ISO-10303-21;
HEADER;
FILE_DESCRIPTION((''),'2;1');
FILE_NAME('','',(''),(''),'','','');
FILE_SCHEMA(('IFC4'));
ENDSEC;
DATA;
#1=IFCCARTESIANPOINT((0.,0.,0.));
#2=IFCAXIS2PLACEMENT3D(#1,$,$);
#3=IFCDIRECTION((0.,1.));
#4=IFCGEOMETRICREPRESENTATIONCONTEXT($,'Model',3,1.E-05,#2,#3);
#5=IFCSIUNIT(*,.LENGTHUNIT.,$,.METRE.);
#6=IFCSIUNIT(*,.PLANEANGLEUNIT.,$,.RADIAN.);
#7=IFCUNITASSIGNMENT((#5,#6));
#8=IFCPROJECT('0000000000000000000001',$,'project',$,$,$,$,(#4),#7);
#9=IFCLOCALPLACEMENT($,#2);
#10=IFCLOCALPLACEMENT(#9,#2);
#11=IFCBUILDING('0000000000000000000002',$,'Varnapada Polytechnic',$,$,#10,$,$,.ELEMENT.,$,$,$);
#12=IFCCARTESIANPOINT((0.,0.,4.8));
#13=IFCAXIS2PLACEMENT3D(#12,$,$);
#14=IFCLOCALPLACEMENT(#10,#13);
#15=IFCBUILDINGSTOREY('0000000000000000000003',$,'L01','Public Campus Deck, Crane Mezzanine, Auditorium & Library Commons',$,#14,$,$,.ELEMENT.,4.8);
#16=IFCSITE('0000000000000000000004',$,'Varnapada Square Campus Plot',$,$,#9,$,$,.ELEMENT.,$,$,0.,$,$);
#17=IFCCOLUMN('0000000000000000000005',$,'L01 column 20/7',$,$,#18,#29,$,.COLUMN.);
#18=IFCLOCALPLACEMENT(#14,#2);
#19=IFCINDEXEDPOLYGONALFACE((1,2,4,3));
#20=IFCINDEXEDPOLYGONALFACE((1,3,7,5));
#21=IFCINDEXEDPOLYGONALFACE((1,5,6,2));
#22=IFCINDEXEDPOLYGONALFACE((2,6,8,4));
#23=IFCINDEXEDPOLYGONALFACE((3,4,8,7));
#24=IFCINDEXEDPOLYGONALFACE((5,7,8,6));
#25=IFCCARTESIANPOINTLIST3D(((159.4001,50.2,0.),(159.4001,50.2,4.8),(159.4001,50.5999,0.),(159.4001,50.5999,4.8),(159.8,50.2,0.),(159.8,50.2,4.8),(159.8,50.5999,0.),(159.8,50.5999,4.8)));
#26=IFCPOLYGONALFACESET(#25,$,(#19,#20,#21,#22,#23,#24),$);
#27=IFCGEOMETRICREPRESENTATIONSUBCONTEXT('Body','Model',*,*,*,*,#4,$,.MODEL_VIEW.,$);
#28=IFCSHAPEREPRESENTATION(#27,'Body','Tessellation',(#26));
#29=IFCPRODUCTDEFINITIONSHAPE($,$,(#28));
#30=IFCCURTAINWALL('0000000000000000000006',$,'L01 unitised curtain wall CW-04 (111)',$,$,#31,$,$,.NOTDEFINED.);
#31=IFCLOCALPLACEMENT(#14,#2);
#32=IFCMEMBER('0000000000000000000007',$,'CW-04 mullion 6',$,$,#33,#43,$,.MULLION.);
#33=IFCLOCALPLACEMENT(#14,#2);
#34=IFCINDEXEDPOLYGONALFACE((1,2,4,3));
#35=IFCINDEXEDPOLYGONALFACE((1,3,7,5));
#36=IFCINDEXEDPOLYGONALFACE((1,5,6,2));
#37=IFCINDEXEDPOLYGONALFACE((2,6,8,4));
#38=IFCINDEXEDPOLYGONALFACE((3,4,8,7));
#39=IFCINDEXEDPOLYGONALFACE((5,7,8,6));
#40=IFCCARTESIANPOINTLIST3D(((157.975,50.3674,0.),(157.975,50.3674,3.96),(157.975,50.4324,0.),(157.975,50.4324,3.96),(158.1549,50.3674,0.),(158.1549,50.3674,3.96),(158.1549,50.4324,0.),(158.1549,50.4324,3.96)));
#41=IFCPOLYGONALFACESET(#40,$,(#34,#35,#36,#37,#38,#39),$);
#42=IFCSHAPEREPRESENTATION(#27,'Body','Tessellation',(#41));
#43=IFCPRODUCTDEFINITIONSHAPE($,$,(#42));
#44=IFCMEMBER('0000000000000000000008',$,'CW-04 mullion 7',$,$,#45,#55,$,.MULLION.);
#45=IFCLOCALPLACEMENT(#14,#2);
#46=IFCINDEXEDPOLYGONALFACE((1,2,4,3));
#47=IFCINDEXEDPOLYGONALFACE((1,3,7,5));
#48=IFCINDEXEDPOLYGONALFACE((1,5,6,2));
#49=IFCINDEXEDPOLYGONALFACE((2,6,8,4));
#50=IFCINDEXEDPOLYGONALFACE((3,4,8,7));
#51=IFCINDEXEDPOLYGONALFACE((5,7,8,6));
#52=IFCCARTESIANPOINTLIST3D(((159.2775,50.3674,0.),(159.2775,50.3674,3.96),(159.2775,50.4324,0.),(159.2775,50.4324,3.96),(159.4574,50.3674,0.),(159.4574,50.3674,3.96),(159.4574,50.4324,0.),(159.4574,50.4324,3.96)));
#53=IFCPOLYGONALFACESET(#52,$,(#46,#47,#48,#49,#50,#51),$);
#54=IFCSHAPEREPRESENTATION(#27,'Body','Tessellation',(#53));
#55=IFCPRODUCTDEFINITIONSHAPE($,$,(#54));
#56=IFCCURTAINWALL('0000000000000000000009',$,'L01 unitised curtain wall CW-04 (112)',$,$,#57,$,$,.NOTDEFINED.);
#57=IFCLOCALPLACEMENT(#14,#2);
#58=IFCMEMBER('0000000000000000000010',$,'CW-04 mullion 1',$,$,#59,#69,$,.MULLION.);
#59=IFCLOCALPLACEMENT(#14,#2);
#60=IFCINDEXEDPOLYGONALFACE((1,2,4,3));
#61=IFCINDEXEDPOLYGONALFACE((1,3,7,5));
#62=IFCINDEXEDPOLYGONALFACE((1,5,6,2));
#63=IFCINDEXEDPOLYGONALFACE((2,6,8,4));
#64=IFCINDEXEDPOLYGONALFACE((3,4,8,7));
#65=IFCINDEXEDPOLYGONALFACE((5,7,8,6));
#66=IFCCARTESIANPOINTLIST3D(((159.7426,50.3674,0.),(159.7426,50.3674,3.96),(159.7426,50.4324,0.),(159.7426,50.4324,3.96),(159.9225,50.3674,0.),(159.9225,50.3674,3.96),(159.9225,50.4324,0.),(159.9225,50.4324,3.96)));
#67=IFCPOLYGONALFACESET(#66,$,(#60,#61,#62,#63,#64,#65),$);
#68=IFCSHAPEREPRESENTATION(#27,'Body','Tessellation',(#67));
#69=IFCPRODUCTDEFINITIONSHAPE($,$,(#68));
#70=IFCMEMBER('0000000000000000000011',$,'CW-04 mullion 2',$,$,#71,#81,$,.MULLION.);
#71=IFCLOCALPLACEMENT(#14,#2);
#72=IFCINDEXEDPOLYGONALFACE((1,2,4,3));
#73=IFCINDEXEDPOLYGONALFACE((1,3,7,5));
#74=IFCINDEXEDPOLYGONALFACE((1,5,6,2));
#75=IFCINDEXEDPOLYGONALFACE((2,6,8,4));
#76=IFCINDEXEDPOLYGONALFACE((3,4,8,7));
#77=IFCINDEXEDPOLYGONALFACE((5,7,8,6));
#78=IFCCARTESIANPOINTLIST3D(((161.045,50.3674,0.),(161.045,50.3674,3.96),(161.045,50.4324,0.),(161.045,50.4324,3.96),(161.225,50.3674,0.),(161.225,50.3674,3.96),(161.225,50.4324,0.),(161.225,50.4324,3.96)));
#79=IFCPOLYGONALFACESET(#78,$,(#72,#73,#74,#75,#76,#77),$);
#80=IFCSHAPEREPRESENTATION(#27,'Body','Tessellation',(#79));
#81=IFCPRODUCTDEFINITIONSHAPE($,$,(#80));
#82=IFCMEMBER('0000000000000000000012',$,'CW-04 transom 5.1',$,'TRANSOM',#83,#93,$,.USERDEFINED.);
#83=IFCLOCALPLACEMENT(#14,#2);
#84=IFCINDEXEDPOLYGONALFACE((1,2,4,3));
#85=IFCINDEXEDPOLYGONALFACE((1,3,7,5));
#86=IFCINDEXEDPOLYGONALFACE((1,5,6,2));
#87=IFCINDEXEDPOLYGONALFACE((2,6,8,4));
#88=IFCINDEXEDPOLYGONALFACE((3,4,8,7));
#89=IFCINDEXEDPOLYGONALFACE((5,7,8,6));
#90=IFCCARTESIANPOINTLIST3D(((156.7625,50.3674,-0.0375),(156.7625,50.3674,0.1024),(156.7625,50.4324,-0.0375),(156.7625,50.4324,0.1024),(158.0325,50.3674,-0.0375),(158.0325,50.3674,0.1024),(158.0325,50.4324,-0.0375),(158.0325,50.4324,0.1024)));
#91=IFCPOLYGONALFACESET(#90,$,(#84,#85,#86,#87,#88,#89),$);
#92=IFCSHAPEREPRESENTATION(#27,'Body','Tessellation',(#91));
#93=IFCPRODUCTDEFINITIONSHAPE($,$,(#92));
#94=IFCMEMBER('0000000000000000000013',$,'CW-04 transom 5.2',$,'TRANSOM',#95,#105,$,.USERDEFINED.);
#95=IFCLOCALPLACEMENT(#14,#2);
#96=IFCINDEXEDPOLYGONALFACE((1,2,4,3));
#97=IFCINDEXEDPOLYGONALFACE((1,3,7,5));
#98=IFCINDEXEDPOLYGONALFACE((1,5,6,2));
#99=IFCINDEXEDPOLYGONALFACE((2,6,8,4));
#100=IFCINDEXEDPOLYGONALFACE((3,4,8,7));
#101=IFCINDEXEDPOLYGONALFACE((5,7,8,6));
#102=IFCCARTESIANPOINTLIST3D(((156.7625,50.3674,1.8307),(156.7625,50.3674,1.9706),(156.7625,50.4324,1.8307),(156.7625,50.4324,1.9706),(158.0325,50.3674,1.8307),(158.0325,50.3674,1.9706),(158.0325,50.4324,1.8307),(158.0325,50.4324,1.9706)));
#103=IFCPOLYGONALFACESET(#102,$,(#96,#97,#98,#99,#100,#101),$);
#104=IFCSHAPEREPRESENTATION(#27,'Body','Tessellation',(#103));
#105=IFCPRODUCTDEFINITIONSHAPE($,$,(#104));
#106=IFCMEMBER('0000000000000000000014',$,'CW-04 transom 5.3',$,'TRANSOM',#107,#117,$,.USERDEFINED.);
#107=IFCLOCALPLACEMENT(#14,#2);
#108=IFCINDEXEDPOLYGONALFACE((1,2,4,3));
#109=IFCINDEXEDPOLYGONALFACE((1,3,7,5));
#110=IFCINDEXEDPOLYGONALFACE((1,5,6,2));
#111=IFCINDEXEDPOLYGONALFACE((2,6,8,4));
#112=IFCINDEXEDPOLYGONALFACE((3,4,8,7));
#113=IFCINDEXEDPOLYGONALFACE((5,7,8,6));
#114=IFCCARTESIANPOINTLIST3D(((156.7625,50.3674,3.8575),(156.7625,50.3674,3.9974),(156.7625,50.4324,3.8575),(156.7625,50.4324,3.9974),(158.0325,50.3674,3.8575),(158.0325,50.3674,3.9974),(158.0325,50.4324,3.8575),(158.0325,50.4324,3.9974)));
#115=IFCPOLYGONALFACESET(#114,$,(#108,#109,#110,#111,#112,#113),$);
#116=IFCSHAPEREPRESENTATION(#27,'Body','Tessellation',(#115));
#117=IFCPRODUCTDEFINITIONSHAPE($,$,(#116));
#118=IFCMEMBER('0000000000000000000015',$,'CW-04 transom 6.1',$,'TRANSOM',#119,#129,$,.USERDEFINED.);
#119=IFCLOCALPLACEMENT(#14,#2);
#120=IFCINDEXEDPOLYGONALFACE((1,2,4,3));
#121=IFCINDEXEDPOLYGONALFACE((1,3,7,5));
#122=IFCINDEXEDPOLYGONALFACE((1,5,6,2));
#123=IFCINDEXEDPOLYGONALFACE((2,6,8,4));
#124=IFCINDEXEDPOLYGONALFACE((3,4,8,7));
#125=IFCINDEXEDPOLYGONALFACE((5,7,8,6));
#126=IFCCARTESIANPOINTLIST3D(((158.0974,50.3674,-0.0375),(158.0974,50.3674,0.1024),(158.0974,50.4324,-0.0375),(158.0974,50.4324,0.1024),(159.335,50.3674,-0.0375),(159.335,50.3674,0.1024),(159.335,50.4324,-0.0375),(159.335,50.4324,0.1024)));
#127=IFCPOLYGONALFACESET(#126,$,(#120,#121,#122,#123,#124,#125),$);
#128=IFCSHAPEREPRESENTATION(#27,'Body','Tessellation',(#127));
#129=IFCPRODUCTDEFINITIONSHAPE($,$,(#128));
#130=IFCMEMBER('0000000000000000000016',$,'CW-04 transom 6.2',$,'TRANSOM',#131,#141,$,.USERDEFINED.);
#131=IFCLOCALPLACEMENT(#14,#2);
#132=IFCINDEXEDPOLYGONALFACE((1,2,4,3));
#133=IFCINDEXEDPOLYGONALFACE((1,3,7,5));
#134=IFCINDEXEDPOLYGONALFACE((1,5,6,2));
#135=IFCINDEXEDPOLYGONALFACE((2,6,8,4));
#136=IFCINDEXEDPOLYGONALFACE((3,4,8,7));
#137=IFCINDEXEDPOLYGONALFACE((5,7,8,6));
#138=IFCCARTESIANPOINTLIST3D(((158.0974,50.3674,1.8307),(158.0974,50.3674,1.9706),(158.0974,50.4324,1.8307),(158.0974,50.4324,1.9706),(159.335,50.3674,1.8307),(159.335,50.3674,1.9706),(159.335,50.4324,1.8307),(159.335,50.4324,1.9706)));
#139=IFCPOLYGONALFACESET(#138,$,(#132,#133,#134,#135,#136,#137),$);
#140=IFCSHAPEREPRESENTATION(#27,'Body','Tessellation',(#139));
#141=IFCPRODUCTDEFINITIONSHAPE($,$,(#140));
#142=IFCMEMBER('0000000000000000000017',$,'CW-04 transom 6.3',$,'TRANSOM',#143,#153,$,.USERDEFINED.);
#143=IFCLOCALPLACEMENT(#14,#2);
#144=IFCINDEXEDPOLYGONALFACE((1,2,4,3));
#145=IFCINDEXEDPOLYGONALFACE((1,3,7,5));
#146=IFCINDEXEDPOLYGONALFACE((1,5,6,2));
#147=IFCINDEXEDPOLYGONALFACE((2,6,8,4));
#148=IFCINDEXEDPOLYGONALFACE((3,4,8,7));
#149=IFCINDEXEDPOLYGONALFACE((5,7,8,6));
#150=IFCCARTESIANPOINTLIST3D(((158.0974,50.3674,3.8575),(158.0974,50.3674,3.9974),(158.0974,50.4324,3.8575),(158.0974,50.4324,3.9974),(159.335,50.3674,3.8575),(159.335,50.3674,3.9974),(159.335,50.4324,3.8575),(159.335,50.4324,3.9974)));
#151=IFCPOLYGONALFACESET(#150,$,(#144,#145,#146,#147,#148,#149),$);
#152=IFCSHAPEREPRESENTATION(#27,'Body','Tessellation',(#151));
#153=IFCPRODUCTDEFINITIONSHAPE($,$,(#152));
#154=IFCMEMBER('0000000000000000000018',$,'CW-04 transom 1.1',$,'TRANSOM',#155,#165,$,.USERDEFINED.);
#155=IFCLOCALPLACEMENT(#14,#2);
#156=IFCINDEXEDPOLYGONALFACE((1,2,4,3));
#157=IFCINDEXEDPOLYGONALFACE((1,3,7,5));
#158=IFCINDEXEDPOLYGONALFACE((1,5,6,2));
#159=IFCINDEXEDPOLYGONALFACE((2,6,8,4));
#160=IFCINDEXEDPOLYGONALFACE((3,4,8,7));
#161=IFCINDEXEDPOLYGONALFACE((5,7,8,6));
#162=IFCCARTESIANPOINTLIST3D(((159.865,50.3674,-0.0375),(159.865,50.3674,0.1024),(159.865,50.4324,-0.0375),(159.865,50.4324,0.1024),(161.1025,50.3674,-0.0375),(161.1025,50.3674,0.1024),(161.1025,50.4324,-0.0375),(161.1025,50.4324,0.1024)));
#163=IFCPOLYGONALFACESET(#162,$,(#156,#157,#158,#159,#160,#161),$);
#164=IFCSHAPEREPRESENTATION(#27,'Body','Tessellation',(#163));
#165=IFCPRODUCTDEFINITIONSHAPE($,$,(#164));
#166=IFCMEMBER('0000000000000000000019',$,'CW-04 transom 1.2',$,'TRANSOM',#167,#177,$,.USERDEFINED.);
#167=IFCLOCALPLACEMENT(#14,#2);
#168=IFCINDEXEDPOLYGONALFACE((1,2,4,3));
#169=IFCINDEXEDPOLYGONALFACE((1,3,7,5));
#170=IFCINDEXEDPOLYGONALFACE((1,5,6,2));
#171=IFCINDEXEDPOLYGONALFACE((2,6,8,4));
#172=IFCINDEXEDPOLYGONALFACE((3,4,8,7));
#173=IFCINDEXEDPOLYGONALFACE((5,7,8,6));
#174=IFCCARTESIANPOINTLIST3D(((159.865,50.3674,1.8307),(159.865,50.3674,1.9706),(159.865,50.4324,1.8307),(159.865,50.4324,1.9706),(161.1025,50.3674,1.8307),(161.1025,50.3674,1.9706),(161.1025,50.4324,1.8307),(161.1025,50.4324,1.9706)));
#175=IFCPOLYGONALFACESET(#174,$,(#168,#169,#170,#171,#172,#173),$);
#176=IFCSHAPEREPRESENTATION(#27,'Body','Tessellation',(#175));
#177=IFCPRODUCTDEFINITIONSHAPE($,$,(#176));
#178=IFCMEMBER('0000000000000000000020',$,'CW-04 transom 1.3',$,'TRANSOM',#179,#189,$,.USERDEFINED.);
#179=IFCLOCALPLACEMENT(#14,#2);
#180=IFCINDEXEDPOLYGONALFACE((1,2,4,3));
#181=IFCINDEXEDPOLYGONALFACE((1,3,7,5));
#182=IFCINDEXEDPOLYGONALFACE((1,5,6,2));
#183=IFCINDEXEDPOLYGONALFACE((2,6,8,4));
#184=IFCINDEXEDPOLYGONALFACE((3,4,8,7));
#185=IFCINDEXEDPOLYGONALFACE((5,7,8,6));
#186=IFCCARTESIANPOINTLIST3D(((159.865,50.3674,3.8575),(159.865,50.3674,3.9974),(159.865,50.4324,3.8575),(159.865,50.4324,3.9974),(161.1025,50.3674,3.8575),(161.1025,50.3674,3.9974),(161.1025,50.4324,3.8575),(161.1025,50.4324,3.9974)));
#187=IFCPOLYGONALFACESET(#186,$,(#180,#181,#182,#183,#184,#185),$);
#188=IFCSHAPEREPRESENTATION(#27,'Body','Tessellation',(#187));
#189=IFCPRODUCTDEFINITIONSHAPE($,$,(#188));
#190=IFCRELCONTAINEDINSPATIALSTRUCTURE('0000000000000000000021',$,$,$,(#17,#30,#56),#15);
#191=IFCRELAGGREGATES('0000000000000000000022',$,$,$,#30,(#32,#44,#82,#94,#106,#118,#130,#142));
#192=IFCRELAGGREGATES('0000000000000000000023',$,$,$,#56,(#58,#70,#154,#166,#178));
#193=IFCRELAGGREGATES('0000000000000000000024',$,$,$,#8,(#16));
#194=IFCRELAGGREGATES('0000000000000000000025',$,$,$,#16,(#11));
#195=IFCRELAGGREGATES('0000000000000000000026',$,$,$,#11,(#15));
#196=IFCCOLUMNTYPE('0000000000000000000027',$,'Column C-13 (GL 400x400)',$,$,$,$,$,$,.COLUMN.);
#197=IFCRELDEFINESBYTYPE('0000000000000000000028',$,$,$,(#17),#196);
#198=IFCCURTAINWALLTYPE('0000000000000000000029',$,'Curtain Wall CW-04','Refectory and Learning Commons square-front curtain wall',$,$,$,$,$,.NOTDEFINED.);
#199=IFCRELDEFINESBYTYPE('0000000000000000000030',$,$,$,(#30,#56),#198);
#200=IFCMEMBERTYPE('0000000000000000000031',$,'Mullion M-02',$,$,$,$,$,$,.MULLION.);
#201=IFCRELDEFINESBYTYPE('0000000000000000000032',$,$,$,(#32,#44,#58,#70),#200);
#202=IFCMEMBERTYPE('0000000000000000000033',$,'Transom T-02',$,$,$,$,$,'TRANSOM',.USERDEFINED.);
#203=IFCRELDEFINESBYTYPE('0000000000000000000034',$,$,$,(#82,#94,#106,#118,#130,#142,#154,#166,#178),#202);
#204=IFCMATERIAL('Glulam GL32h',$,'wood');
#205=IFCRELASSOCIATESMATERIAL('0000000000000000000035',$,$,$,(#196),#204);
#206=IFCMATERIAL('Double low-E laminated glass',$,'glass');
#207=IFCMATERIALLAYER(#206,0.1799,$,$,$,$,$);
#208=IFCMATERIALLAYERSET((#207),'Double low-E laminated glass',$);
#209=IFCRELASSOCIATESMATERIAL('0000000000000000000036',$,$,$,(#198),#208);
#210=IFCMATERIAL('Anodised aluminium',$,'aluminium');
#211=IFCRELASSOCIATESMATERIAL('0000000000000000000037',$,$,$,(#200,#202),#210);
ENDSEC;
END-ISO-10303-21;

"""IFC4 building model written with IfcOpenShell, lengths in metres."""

from ifc_helpers import new_model, si_unit, direction, frame, origin, origin_2d, place, context, subcontext, project, spatial, rectangle, extrude, material, layer, layer_set, material_profile, profile_set, type_object, element, aggregate, save


model = new_model("IFC4")

# Units and contexts
model_context = context("Model", 3, precision=1e-05, world=origin(), true_north=direction((0.0, 1.0)))
body_context = subcontext(model_context, "Body", "Model", "MODEL_VIEW")
ifc_project = project(units=[si_unit("LENGTHUNIT", "METRE"), si_unit("PLANEANGLEUNIT", "RADIAN")], contexts=[model_context])

# Site, building, storey
site_placement = place(None, origin())
site = spatial("IfcSite", under=ifc_project, at=site_placement, Name="Varnapada Square Campus Plot", CompositionType="ELEMENT", RefElevation=0.0)
building_placement = place(site_placement, origin())
building = spatial("IfcBuilding", under=site, at=building_placement, Name="Varnapada Polytechnic", CompositionType="ELEMENT")
storey_placement = place(building_placement, frame((0.0, 0.0, 4.8)))
storey = spatial("IfcBuildingStorey", under=building, at=storey_placement, Name="L01", Description="Public Campus Deck, Crane Mezzanine, Auditorium & Library Commons", CompositionType="ELEMENT", Elevation=4.8)

# Column
ifc_material_1 = material(Name="Glulam GL32h", Category="wood")
ifc_material_profile_1 = material_profile(ifc_material_1, rectangle(XDim=0.3999, YDim=0.3999, at=origin_2d()), Name="GL 400x400")
ifc_profile_set_1 = profile_set([ifc_material_profile_1], Name="Glulam GL32h")
column_type = type_object("IfcColumnType", Name="Column C-13 (GL 400x400)", PredefinedType="COLUMN", material=ifc_profile_set_1)
column_placement = place(storey_placement, frame((159.6001, 50.3999, 0.0), z_axis=(0.0, 0.0, 1.0), x_axis=(1.0, 0.0, 0.0)))
element("IfcColumn", 1, at=column_placement, inside=storey, type_object=column_type, Name="L01 column 20/7", PredefinedType="COLUMN", context=body_context, shape_type="SweptSolid", body=[
    extrude(rectangle(XDim=0.3999, YDim=0.3999, at=origin_2d()), origin(), (0.0, 0.0, 1.0), 4.8),
])

# Curtain walls, members
ifc_material_2 = material(Name="Double low-E laminated glass", Category="glass")
ifc_layer_1 = layer(ifc_material_2, 0.1799)
ifc_layer_set_1 = layer_set([ifc_layer_1], Name="Double low-E laminated glass")
curtain_wall_type = type_object("IfcCurtainWallType", Name="Curtain Wall CW-04", Description="Refectory and Learning Commons square-front curtain wall", PredefinedType="NOTDEFINED", material=ifc_layer_set_1)
curtain_wall_1_placement = place(storey_placement, origin())
curtain_wall_1 = element("IfcCurtainWall", 2, at=curtain_wall_1_placement, inside=storey, type_object=curtain_wall_type, Name="L01 unitised curtain wall CW-04 (111)", PredefinedType="NOTDEFINED")
ifc_material_3 = material(Name="Anodised aluminium", Category="aluminium")
ifc_material_profile_2 = material_profile(ifc_material_3, rectangle(XDim=0.0649, YDim=0.1799, at=origin_2d()), Name="ALU M65x180")
ifc_profile_set_2 = profile_set([ifc_material_profile_2], Name="Anodised aluminium")
member_type_1 = type_object("IfcMemberType", Name="Mullion M-02", PredefinedType="MULLION", material=ifc_profile_set_2)
member_1_placement = place(storey_placement, frame((158.0649, 50.3999, 0.0), z_axis=(0.0, 0.0, 1.0), x_axis=(0.0, 1.0, 0.0)))
member_1 = element("IfcMember", 3, at=member_1_placement, type_object=member_type_1, Name="CW-04 mullion 6", PredefinedType="MULLION", context=body_context, shape_type="SweptSolid", body=[
    extrude(rectangle(XDim=0.0649, YDim=0.1799, at=origin_2d()), origin(), (0.0, 0.0, 1.0), 3.96),
])
member_2_placement = place(storey_placement, frame((159.3674, 50.3999, 0.0), z_axis=(0.0, 0.0, 1.0), x_axis=(0.0, 1.0, 0.0)))
member_2 = element("IfcMember", 4, at=member_2_placement, type_object=member_type_1, Name="CW-04 mullion 7", PredefinedType="MULLION", context=body_context, shape_type="SweptSolid", body=[
    extrude(rectangle(XDim=0.0649, YDim=0.1799, at=origin_2d()), origin(), (0.0, 0.0, 1.0), 3.96),
])
curtain_wall_2_placement = place(storey_placement, origin())
curtain_wall_2 = element("IfcCurtainWall", 5, at=curtain_wall_2_placement, inside=storey, type_object=curtain_wall_type, Name="L01 unitised curtain wall CW-04 (112)", PredefinedType="NOTDEFINED")
member_3_placement = place(storey_placement, frame((159.8325, 50.3999, 0.0), z_axis=(0.0, 0.0, 1.0), x_axis=(0.0, 1.0, 0.0)))
member_3 = element("IfcMember", 6, at=member_3_placement, type_object=member_type_1, Name="CW-04 mullion 1", PredefinedType="MULLION", context=body_context, shape_type="SweptSolid", body=[
    extrude(rectangle(XDim=0.0649, YDim=0.1799, at=origin_2d()), origin(), (0.0, 0.0, 1.0), 3.96),
])
member_4_placement = place(storey_placement, frame((161.135, 50.3999, 0.0), z_axis=(0.0, 0.0, 1.0), x_axis=(0.0, 1.0, 0.0)))
member_4 = element("IfcMember", 7, at=member_4_placement, type_object=member_type_1, Name="CW-04 mullion 2", PredefinedType="MULLION", context=body_context, shape_type="SweptSolid", body=[
    extrude(rectangle(XDim=0.0649, YDim=0.1799, at=origin_2d()), origin(), (0.0, 0.0, 1.0), 3.96),
])

# Members
ifc_material_profile_3 = material_profile(ifc_material_3, rectangle(XDim=0.0649, YDim=0.1399, at=origin_2d()), Name="ALU T65x140")
ifc_profile_set_3 = profile_set([ifc_material_profile_3], Name="Anodised aluminium")
member_type_2 = type_object("IfcMemberType", Name="Transom T-02", ElementType="TRANSOM", PredefinedType="USERDEFINED", material=ifc_profile_set_3)
member_5_placement = place(storey_placement, frame((156.7625, 50.3999, 0.0325), z_axis=(1.0, 0.0, 0.0), x_axis=(0.0, 1.0, 0.0)))
member_5 = element("IfcMember", 8, at=member_5_placement, type_object=member_type_2, Name="CW-04 transom 5.1", ObjectType="TRANSOM", PredefinedType="USERDEFINED", context=body_context, shape_type="SweptSolid", body=[
    extrude(rectangle(XDim=0.0649, YDim=0.1399, at=origin_2d()), origin(), (0.0, 0.0, 1.0), 1.27),
])
member_6_placement = place(storey_placement, frame((156.7625, 50.3999, 1.9006), z_axis=(1.0, 0.0, 0.0), x_axis=(0.0, 1.0, 0.0)))
member_6 = element("IfcMember", 9, at=member_6_placement, type_object=member_type_2, Name="CW-04 transom 5.2", ObjectType="TRANSOM", PredefinedType="USERDEFINED", context=body_context, shape_type="SweptSolid", body=[
    extrude(rectangle(XDim=0.0649, YDim=0.1399, at=origin_2d()), origin(), (0.0, 0.0, 1.0), 1.27),
])
member_7_placement = place(storey_placement, frame((156.7625, 50.3999, 3.9275), z_axis=(1.0, 0.0, 0.0), x_axis=(0.0, 1.0, 0.0)))
member_7 = element("IfcMember", 10, at=member_7_placement, type_object=member_type_2, Name="CW-04 transom 5.3", ObjectType="TRANSOM", PredefinedType="USERDEFINED", context=body_context, shape_type="SweptSolid", body=[
    extrude(rectangle(XDim=0.0649, YDim=0.1399, at=origin_2d()), origin(), (0.0, 0.0, 1.0), 1.27),
])
member_8_placement = place(storey_placement, frame((158.0974, 50.3999, 0.0325), z_axis=(1.0, 0.0, 0.0), x_axis=(0.0, 1.0, 0.0)))
member_8 = element("IfcMember", 11, at=member_8_placement, type_object=member_type_2, Name="CW-04 transom 6.1", ObjectType="TRANSOM", PredefinedType="USERDEFINED", context=body_context, shape_type="SweptSolid", body=[
    extrude(rectangle(XDim=0.0649, YDim=0.1399, at=origin_2d()), origin(), (0.0, 0.0, 1.0), 1.2375),
])
member_9_placement = place(storey_placement, frame((158.0974, 50.3999, 1.9006), z_axis=(1.0, 0.0, 0.0), x_axis=(0.0, 1.0, 0.0)))
member_9 = element("IfcMember", 12, at=member_9_placement, type_object=member_type_2, Name="CW-04 transom 6.2", ObjectType="TRANSOM", PredefinedType="USERDEFINED", context=body_context, shape_type="SweptSolid", body=[
    extrude(rectangle(XDim=0.0649, YDim=0.1399, at=origin_2d()), origin(), (0.0, 0.0, 1.0), 1.2375),
])
member_10_placement = place(storey_placement, frame((158.0974, 50.3999, 3.9275), z_axis=(1.0, 0.0, 0.0), x_axis=(0.0, 1.0, 0.0)))
member_10 = element("IfcMember", 13, at=member_10_placement, type_object=member_type_2, Name="CW-04 transom 6.3", ObjectType="TRANSOM", PredefinedType="USERDEFINED", context=body_context, shape_type="SweptSolid", body=[
    extrude(rectangle(XDim=0.0649, YDim=0.1399, at=origin_2d()), origin(), (0.0, 0.0, 1.0), 1.2375),
])
member_11_placement = place(storey_placement, frame((159.865, 50.3999, 0.0325), z_axis=(1.0, 0.0, 0.0), x_axis=(0.0, 1.0, 0.0)))
member_11 = element("IfcMember", 14, at=member_11_placement, type_object=member_type_2, Name="CW-04 transom 1.1", ObjectType="TRANSOM", PredefinedType="USERDEFINED", context=body_context, shape_type="SweptSolid", body=[
    extrude(rectangle(XDim=0.0649, YDim=0.1399, at=origin_2d()), origin(), (0.0, 0.0, 1.0), 1.2375),
])
member_12_placement = place(storey_placement, frame((159.865, 50.3999, 1.9006), z_axis=(1.0, 0.0, 0.0), x_axis=(0.0, 1.0, 0.0)))
member_12 = element("IfcMember", 15, at=member_12_placement, type_object=member_type_2, Name="CW-04 transom 1.2", ObjectType="TRANSOM", PredefinedType="USERDEFINED", context=body_context, shape_type="SweptSolid", body=[
    extrude(rectangle(XDim=0.0649, YDim=0.1399, at=origin_2d()), origin(), (0.0, 0.0, 1.0), 1.2375),
])
member_13_placement = place(storey_placement, frame((159.865, 50.3999, 3.9275), z_axis=(1.0, 0.0, 0.0), x_axis=(0.0, 1.0, 0.0)))
member_13 = element("IfcMember", 16, at=member_13_placement, type_object=member_type_2, Name="CW-04 transom 1.3", ObjectType="TRANSOM", PredefinedType="USERDEFINED", context=body_context, shape_type="SweptSolid", body=[
    extrude(rectangle(XDim=0.0649, YDim=0.1399, at=origin_2d()), origin(), (0.0, 0.0, 1.0), 1.2375),
])

aggregate(curtain_wall_1, [member_1, member_2, member_5, member_6, member_7, member_8, member_9, member_10])
aggregate(curtain_wall_2, [member_3, member_4, member_11, member_12, member_13])

save(model, "model.ifc")
